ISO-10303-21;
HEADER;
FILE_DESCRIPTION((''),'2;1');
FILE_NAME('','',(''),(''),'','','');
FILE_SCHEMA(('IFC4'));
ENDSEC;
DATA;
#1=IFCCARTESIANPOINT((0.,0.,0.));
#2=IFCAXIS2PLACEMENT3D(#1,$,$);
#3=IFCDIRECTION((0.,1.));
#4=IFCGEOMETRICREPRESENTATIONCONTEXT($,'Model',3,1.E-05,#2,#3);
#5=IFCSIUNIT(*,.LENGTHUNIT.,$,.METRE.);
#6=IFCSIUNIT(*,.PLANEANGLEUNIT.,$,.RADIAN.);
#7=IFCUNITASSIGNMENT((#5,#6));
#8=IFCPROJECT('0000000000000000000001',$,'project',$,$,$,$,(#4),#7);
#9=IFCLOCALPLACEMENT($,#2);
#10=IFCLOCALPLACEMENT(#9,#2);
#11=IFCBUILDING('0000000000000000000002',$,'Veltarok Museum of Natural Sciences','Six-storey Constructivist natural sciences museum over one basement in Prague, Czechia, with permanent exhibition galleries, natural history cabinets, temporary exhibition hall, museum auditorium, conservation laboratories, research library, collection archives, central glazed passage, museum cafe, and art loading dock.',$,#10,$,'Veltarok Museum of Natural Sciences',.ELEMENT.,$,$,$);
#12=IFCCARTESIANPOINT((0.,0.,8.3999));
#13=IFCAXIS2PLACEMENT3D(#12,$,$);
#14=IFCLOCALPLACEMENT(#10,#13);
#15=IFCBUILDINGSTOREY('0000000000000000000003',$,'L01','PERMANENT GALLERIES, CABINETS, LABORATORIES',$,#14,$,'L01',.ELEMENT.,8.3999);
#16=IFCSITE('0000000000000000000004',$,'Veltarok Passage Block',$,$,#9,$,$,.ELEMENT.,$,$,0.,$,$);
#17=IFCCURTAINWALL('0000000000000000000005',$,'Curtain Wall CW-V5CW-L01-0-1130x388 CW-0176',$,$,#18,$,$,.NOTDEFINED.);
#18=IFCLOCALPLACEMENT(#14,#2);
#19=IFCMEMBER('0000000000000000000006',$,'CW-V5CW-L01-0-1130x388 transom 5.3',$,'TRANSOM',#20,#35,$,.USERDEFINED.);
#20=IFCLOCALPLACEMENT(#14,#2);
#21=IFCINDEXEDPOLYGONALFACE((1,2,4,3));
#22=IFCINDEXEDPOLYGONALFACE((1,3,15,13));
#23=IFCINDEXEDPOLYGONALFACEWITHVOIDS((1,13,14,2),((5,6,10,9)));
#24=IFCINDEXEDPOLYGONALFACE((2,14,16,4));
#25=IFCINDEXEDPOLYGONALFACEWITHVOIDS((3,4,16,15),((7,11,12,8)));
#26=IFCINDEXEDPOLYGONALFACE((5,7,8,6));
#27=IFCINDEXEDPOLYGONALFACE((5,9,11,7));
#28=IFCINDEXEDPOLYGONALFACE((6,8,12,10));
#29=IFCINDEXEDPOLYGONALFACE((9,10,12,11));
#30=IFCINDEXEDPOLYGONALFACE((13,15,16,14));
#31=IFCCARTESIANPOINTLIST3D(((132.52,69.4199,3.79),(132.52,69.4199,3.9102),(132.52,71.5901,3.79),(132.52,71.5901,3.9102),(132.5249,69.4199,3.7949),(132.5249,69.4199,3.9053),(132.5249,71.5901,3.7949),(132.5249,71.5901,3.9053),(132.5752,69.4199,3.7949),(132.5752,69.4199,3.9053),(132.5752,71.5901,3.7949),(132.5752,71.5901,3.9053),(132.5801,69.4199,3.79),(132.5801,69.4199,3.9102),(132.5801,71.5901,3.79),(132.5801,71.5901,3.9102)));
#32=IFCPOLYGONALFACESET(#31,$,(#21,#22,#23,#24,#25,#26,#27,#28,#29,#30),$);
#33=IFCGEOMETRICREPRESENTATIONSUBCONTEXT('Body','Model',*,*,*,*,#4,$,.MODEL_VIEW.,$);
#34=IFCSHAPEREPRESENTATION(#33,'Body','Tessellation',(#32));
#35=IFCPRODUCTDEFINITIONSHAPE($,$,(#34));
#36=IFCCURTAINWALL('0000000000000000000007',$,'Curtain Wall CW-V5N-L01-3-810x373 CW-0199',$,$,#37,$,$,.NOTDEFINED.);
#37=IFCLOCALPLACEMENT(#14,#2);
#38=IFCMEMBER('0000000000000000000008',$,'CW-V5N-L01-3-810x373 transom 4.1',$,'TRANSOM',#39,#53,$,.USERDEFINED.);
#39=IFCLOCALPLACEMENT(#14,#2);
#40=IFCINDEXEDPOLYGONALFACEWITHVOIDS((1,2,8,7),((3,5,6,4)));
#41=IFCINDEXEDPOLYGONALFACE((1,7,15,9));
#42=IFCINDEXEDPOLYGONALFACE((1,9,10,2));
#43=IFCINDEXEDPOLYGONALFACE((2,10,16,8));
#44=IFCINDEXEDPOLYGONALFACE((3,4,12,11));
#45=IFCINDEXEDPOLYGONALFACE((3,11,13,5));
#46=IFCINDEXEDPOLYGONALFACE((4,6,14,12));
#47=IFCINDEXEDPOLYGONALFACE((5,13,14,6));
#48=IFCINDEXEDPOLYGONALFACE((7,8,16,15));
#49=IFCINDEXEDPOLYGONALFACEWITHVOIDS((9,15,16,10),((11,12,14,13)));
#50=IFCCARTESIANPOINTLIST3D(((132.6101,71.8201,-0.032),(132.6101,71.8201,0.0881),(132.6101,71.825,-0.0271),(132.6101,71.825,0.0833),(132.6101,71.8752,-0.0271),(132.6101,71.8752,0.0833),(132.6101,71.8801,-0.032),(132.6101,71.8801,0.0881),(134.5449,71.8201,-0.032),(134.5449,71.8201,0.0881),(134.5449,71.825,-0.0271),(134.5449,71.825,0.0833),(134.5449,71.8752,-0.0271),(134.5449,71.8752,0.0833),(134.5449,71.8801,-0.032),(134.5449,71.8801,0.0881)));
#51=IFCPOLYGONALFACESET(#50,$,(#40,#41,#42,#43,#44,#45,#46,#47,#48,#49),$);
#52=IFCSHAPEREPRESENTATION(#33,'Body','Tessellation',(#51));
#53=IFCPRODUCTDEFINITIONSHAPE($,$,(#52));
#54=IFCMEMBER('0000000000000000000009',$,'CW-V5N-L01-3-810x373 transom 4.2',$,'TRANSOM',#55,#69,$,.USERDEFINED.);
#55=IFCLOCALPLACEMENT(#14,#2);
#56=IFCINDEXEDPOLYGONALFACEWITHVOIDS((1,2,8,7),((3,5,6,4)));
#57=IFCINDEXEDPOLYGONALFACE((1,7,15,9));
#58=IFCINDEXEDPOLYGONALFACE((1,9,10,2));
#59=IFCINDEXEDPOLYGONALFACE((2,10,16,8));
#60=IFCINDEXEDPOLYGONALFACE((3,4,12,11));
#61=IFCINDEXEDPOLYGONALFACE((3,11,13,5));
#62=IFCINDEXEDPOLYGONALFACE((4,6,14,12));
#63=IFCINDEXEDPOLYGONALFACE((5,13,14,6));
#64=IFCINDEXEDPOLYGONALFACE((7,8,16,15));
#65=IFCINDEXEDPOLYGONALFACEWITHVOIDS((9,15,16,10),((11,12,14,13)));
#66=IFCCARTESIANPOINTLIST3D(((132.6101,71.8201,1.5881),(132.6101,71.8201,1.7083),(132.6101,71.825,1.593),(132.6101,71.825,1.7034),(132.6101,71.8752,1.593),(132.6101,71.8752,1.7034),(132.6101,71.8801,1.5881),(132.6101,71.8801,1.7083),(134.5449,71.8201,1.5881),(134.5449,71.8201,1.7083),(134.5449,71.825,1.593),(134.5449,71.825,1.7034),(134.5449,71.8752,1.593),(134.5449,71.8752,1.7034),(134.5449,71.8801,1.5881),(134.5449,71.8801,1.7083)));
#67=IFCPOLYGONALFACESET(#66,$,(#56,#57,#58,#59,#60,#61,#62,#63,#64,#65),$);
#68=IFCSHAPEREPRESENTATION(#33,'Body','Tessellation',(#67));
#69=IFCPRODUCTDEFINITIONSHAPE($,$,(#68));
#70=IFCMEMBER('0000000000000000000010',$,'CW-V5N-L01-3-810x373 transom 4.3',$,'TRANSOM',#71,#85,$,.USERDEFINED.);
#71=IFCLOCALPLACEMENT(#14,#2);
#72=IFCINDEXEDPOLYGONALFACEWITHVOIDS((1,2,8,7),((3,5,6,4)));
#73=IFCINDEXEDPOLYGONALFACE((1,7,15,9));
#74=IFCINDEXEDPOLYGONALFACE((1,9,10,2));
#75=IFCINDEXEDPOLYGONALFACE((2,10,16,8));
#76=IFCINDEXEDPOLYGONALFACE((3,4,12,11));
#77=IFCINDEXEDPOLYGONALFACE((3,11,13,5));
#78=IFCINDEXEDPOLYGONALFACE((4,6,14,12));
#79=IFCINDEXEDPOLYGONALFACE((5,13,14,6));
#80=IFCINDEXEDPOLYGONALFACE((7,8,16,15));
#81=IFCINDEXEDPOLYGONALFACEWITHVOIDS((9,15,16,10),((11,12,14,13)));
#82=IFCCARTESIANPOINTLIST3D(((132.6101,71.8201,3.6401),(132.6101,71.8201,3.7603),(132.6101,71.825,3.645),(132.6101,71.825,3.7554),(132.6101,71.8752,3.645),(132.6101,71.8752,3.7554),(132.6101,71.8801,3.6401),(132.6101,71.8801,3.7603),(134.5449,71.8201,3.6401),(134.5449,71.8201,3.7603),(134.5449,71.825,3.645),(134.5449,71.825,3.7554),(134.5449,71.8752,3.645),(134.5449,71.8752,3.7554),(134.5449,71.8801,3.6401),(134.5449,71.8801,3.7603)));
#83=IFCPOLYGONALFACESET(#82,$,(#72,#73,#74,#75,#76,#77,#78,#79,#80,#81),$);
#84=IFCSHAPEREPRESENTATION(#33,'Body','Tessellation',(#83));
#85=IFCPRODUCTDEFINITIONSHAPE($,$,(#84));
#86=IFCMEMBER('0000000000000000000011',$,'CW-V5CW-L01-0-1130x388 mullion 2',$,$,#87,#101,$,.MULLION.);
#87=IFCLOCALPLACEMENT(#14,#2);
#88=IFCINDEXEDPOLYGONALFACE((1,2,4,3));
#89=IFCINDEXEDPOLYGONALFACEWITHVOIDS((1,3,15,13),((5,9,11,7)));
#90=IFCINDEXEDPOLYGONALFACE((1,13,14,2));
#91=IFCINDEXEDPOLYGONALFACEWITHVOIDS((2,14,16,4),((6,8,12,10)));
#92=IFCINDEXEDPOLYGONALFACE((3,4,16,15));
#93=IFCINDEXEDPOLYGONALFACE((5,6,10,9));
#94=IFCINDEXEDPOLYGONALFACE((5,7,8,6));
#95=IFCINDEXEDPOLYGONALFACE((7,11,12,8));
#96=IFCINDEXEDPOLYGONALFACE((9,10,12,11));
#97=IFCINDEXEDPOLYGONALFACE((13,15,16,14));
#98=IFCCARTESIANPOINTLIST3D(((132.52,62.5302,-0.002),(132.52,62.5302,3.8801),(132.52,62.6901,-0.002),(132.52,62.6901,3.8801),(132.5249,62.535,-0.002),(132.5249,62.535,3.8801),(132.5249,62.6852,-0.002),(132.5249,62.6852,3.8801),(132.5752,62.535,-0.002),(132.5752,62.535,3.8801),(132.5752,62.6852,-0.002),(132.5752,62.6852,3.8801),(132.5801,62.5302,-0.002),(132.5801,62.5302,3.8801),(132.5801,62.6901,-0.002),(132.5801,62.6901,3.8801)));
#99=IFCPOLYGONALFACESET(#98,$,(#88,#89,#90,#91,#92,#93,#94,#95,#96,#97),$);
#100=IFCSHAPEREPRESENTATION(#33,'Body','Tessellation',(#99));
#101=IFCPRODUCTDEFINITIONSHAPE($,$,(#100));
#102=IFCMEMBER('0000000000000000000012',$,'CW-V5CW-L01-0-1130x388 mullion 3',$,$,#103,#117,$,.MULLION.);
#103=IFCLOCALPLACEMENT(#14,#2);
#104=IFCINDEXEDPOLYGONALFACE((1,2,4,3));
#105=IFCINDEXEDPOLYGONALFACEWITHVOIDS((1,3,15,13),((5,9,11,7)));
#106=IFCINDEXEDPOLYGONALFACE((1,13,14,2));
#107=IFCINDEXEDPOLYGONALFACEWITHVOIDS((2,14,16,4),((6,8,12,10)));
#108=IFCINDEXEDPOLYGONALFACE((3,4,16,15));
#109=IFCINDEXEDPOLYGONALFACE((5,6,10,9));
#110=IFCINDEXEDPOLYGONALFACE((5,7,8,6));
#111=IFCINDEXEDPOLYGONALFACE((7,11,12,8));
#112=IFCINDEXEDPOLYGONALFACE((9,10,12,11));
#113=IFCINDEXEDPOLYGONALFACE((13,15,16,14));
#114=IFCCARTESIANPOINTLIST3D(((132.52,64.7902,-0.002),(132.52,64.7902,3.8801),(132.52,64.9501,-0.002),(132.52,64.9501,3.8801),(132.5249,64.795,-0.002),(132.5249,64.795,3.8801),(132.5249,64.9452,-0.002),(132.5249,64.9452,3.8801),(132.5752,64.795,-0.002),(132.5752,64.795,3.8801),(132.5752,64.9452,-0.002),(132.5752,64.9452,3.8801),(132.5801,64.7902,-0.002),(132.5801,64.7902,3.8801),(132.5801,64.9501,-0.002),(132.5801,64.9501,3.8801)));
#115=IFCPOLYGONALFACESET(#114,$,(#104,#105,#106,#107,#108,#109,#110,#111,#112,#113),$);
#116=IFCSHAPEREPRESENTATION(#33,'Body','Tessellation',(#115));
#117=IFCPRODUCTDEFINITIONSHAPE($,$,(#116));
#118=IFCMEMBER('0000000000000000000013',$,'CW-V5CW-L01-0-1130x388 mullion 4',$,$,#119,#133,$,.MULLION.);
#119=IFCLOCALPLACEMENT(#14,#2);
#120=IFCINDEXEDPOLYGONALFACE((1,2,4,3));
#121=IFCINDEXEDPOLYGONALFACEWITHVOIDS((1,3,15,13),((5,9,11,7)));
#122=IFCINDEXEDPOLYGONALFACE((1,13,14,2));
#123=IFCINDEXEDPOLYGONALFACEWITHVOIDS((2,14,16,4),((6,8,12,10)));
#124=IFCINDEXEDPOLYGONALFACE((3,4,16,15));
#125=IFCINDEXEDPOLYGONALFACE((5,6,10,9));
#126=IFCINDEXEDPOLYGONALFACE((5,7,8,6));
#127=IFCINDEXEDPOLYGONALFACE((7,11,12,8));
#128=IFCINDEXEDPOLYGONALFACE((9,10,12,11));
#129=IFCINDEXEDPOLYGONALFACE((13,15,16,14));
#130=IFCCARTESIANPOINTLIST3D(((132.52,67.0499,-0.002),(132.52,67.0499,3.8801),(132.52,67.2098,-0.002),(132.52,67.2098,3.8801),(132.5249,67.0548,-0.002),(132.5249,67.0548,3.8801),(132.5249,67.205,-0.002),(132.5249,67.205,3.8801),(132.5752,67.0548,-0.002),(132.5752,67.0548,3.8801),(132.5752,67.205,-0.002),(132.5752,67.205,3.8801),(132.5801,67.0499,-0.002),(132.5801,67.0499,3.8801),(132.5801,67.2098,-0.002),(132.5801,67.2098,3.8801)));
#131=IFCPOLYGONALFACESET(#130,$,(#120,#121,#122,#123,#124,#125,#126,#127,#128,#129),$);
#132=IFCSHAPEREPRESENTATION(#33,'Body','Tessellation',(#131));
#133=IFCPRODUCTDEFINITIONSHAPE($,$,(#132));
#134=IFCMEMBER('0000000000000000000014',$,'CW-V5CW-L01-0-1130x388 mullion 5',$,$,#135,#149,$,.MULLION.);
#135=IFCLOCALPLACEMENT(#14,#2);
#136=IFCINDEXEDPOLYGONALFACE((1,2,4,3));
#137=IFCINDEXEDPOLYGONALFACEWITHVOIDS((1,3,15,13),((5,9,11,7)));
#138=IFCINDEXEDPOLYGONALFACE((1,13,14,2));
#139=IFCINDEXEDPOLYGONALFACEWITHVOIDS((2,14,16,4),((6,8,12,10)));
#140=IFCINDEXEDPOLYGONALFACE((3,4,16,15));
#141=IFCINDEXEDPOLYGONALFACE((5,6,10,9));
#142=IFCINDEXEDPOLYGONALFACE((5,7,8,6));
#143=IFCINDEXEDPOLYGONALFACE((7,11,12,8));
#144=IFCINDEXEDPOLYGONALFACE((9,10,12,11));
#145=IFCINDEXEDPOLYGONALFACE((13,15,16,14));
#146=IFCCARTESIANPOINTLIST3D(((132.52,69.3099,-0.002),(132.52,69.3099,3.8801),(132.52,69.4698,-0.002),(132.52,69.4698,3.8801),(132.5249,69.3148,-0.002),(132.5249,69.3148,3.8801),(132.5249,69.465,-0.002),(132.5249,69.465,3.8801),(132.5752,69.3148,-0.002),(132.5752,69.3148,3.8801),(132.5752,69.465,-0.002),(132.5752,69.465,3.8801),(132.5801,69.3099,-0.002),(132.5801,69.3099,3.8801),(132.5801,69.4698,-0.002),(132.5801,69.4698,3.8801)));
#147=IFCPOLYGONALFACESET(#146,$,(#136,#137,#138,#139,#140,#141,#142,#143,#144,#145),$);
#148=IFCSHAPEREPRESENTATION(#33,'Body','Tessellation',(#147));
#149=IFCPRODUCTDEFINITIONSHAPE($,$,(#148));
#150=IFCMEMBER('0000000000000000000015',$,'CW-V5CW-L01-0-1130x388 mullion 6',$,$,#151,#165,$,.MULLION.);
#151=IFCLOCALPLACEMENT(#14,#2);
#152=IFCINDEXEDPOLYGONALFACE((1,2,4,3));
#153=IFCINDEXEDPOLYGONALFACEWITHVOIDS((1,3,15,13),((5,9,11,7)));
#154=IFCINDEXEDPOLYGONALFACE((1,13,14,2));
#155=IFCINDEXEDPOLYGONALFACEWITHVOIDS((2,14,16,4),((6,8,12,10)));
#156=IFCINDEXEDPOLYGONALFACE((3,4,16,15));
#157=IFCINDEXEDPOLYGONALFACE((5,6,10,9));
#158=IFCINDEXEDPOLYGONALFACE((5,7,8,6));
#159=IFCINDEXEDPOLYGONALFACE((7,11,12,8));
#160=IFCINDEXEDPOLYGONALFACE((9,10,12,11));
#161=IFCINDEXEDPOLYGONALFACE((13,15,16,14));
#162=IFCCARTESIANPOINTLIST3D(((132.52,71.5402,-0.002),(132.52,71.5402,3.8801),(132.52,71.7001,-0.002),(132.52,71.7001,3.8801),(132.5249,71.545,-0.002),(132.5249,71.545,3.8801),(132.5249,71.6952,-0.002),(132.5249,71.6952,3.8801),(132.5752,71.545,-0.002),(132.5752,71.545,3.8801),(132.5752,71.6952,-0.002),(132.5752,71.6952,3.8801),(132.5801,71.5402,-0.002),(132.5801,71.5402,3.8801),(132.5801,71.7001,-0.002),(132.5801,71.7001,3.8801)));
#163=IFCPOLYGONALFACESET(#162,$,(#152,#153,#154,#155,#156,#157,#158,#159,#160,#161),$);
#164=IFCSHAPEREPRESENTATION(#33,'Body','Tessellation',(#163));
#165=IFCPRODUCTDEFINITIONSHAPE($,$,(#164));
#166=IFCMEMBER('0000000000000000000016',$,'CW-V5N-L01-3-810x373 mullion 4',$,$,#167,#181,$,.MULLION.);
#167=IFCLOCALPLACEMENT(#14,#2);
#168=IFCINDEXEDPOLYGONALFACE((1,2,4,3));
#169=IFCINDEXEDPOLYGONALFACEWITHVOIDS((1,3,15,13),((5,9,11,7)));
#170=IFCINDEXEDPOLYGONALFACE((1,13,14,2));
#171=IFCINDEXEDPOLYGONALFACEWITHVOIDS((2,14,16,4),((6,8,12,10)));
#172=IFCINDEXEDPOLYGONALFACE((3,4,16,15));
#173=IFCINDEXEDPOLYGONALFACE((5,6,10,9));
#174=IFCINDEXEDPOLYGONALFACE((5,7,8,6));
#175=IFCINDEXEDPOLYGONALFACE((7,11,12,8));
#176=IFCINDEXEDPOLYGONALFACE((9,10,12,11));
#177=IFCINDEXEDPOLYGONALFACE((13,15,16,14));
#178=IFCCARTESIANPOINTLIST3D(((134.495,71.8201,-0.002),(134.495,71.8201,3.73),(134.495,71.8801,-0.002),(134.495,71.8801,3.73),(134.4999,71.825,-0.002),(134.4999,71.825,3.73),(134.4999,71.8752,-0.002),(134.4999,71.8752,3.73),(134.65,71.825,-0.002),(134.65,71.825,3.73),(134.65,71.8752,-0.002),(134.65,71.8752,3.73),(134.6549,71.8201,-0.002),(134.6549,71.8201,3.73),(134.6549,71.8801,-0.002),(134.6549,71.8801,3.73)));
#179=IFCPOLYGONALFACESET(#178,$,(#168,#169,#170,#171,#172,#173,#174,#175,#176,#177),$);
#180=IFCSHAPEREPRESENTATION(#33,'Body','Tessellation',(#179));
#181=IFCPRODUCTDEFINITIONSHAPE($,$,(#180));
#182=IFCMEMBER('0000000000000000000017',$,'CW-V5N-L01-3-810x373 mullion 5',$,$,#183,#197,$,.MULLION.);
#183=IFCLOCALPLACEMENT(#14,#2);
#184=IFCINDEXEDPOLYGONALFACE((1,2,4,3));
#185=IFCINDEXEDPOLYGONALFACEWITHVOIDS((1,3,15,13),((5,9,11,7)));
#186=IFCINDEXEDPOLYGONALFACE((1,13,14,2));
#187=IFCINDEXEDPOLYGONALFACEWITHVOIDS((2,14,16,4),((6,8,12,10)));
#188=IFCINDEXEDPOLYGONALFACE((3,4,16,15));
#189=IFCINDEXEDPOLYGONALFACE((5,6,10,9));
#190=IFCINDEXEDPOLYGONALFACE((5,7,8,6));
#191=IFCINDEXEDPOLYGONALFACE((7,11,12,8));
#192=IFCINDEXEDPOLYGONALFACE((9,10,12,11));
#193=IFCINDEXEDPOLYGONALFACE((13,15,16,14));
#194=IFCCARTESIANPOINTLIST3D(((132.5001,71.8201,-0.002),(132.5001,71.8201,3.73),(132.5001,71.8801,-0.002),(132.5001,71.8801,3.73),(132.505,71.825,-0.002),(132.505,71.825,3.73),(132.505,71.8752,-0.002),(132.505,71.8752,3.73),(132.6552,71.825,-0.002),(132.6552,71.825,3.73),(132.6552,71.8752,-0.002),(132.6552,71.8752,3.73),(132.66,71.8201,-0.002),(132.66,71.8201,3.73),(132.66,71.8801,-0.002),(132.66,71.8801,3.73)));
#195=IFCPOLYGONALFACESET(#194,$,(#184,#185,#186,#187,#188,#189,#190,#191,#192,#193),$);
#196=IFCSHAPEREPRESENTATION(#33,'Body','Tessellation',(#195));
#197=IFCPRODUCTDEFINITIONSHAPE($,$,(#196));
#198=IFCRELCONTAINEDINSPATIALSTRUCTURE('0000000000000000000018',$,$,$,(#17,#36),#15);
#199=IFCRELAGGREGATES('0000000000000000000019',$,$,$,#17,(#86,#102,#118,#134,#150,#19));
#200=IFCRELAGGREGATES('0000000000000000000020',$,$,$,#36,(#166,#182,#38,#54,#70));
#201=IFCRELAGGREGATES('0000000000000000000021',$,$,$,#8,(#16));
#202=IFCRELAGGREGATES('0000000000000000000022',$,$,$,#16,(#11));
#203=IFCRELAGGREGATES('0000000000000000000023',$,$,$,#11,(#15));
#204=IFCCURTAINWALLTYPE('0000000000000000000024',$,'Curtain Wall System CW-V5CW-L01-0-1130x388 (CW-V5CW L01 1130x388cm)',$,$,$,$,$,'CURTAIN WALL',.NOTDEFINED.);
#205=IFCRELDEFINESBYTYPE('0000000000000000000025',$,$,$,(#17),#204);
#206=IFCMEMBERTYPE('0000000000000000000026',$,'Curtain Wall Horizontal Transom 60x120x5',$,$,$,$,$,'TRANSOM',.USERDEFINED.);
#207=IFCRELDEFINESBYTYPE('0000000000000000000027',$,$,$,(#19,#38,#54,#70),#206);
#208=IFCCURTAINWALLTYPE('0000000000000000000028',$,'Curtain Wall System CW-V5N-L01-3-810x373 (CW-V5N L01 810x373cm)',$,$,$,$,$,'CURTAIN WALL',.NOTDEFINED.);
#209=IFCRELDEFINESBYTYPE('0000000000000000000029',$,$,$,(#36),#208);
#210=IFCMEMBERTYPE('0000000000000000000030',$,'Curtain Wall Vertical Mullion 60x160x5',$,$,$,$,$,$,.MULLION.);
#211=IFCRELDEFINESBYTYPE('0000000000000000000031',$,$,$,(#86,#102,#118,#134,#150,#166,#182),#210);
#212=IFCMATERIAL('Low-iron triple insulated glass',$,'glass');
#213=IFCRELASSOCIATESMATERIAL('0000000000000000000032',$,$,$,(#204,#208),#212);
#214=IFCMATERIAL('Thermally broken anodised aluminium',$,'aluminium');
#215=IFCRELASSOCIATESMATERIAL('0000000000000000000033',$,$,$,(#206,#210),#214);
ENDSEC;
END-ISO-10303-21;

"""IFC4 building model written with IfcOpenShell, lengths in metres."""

from ifc_helpers import new_model, si_unit, direction, frame, origin, origin_2d, place, context, subcontext, project, spatial, hollow_rectangle, extrude, material, material_profile, profile_set, type_object, element, aggregate, save


model = new_model("IFC4")

# Units and contexts
model_context = context("Model", 3, precision=1e-05, world=origin(), true_north=direction((0.0, 1.0)))
body_context = subcontext(model_context, "Body", "Model", "MODEL_VIEW")
ifc_project = project(units=[si_unit("LENGTHUNIT", "METRE"), si_unit("PLANEANGLEUNIT", "RADIAN")], contexts=[model_context])

# Site, building, storey
site_placement = place(None, origin())
site = spatial("IfcSite", under=ifc_project, at=site_placement, Name="Veltarok Passage Block", CompositionType="ELEMENT", RefElevation=0.0)
building_placement = place(site_placement, origin())
building = spatial("IfcBuilding", under=site, at=building_placement, Name="Veltarok Museum of Natural Sciences", Description="Six-storey Constructivist natural sciences museum over one basement in Prague, Czechia, with permanent exhibition galleries, natural history cabinets, temporary exhibition hall, museum auditorium, conservation laboratories, research library, collection archives, central glazed passage, museum cafe, and art loading dock.", LongName="Veltarok Museum of Natural Sciences", CompositionType="ELEMENT")
storey_placement = place(building_placement, frame((0.0, 0.0, 8.3999)))
storey = spatial("IfcBuildingStorey", under=building, at=storey_placement, Name="L01", Description="PERMANENT GALLERIES, CABINETS, LABORATORIES", LongName="L01", CompositionType="ELEMENT", Elevation=8.3999)

# Curtain walls, members
ifc_material_1 = material(Name="Low-iron triple insulated glass", Category="glass")
curtain_wall_type_1 = type_object("IfcCurtainWallType", Name="Curtain Wall System CW-V5CW-L01-0-1130x388 (CW-V5CW L01 1130x388cm)", ElementType="CURTAIN WALL", PredefinedType="NOTDEFINED", material=ifc_material_1)
curtain_wall_1_placement = place(storey_placement, origin())
curtain_wall_1 = element("IfcCurtainWall", 1, at=curtain_wall_1_placement, inside=storey, type_object=curtain_wall_type_1, Name="Curtain Wall CW-V5CW-L01-0-1130x388 CW-0176", PredefinedType="NOTDEFINED")
ifc_material_2 = material(Name="Thermally broken anodised aluminium", Category="aluminium")
ifc_material_profile_1 = material_profile(ifc_material_2, hollow_rectangle(XDim=0.0601, YDim=0.1201, WallThickness=0.0049, at=origin_2d()), Name="CW TRANSOM 60x120x5")
ifc_profile_set_1 = profile_set([ifc_material_profile_1], Name="Thermally broken anodised aluminium")
member_type_1 = type_object("IfcMemberType", Name="Curtain Wall Horizontal Transom 60x120x5", ElementType="TRANSOM", PredefinedType="USERDEFINED", material=ifc_profile_set_1)
member_1_placement = place(storey_placement, frame((132.55, 69.4199, 3.8501), z_axis=(0.0, 1.0, 0.0), x_axis=(-1.0, 0.0, 0.0)))
member_1 = element("IfcMember", 2, at=member_1_placement, type_object=member_type_1, Name="CW-V5CW-L01-0-1130x388 transom 5.3", ObjectType="TRANSOM", PredefinedType="USERDEFINED", context=body_context, shape_type="SweptSolid", body=[
    extrude(hollow_rectangle(XDim=0.0601, YDim=0.1201, WallThickness=0.0049, at=origin_2d()), origin(), (0.0, 0.0, 1.0), 2.1702),
])
curtain_wall_type_2 = type_object("IfcCurtainWallType", Name="Curtain Wall System CW-V5N-L01-3-810x373 (CW-V5N L01 810x373cm)", ElementType="CURTAIN WALL", PredefinedType="NOTDEFINED", material=ifc_material_1)
curtain_wall_2_placement = place(storey_placement, origin())
curtain_wall_2 = element("IfcCurtainWall", 3, at=curtain_wall_2_placement, inside=storey, type_object=curtain_wall_type_2, Name="Curtain Wall CW-V5N-L01-3-810x373 CW-0199", PredefinedType="NOTDEFINED")
member_2_placement = place(storey_placement, frame((134.5449, 71.8501, 0.0281), z_axis=(-1.0, 0.0, 0.0), x_axis=(0.0, -1.0, 0.0)))
member_2 = element("IfcMember", 4, at=member_2_placement, type_object=member_type_1, Name="CW-V5N-L01-3-810x373 transom 4.1", ObjectType="TRANSOM", PredefinedType="USERDEFINED", context=body_context, shape_type="SweptSolid", body=[
    extrude(hollow_rectangle(XDim=0.0601, YDim=0.1201, WallThickness=0.0049, at=origin_2d()), origin(), (0.0, 0.0, 1.0), 1.9348),
])
member_3_placement = place(storey_placement, frame((134.5449, 71.8501, 1.6482), z_axis=(-1.0, 0.0, 0.0), x_axis=(0.0, -1.0, 0.0)))
member_3 = element("IfcMember", 5, at=member_3_placement, type_object=member_type_1, Name="CW-V5N-L01-3-810x373 transom 4.2", ObjectType="TRANSOM", PredefinedType="USERDEFINED", context=body_context, shape_type="SweptSolid", body=[
    extrude(hollow_rectangle(XDim=0.0601, YDim=0.1201, WallThickness=0.0049, at=origin_2d()), origin(), (0.0, 0.0, 1.0), 1.9348),
])
member_4_placement = place(storey_placement, frame((134.5449, 71.8501, 3.7002), z_axis=(-1.0, 0.0, 0.0), x_axis=(0.0, -1.0, 0.0)))
member_4 = element("IfcMember", 6, at=member_4_placement, type_object=member_type_1, Name="CW-V5N-L01-3-810x373 transom 4.3", ObjectType="TRANSOM", PredefinedType="USERDEFINED", context=body_context, shape_type="SweptSolid", body=[
    extrude(hollow_rectangle(XDim=0.0601, YDim=0.1201, WallThickness=0.0049, at=origin_2d()), origin(), (0.0, 0.0, 1.0), 1.9348),
])

# Members
ifc_material_profile_2 = material_profile(ifc_material_2, hollow_rectangle(XDim=0.0601, YDim=0.1599, WallThickness=0.0049, at=origin_2d()), Name="CW MULLION 60x160x5")
ifc_profile_set_2 = profile_set([ifc_material_profile_2], Name="Thermally broken anodised aluminium")
member_type_2 = type_object("IfcMemberType", Name="Curtain Wall Vertical Mullion 60x160x5", PredefinedType="MULLION", material=ifc_profile_set_2)
member_5_placement = place(storey_placement, frame((132.55, 62.6101, -0.002), z_axis=(0.0, 0.0, 1.0), x_axis=(-1.0, 0.0, 0.0)))
member_5 = element("IfcMember", 7, at=member_5_placement, type_object=member_type_2, Name="CW-V5CW-L01-0-1130x388 mullion 2", PredefinedType="MULLION", context=body_context, shape_type="SweptSolid", body=[
    extrude(hollow_rectangle(XDim=0.0601, YDim=0.1599, WallThickness=0.0049, at=origin_2d()), origin(), (0.0, 0.0, 1.0), 3.8821),
])
member_6_placement = place(storey_placement, frame((132.55, 64.8701, -0.002), z_axis=(0.0, 0.0, 1.0), x_axis=(-1.0, 0.0, 0.0)))
member_6 = element("IfcMember", 8, at=member_6_placement, type_object=member_type_2, Name="CW-V5CW-L01-0-1130x388 mullion 3", PredefinedType="MULLION", context=body_context, shape_type="SweptSolid", body=[
    extrude(hollow_rectangle(XDim=0.0601, YDim=0.1599, WallThickness=0.0049, at=origin_2d()), origin(), (0.0, 0.0, 1.0), 3.8821),
])
member_7_placement = place(storey_placement, frame((132.55, 67.1299, -0.002), z_axis=(0.0, 0.0, 1.0), x_axis=(-1.0, 0.0, 0.0)))
member_7 = element("IfcMember", 9, at=member_7_placement, type_object=member_type_2, Name="CW-V5CW-L01-0-1130x388 mullion 4", PredefinedType="MULLION", context=body_context, shape_type="SweptSolid", body=[
    extrude(hollow_rectangle(XDim=0.0601, YDim=0.1599, WallThickness=0.0049, at=origin_2d()), origin(), (0.0, 0.0, 1.0), 3.8821),
])
member_8_placement = place(storey_placement, frame((132.55, 69.3899, -0.002), z_axis=(0.0, 0.0, 1.0), x_axis=(-1.0, 0.0, 0.0)))
member_8 = element("IfcMember", 10, at=member_8_placement, type_object=member_type_2, Name="CW-V5CW-L01-0-1130x388 mullion 5", PredefinedType="MULLION", context=body_context, shape_type="SweptSolid", body=[
    extrude(hollow_rectangle(XDim=0.0601, YDim=0.1599, WallThickness=0.0049, at=origin_2d()), origin(), (0.0, 0.0, 1.0), 3.8821),
])
member_9_placement = place(storey_placement, frame((132.55, 71.6201, -0.002), z_axis=(0.0, 0.0, 1.0), x_axis=(-1.0, 0.0, 0.0)))
member_9 = element("IfcMember", 11, at=member_9_placement, type_object=member_type_2, Name="CW-V5CW-L01-0-1130x388 mullion 6", PredefinedType="MULLION", context=body_context, shape_type="SweptSolid", body=[
    extrude(hollow_rectangle(XDim=0.0601, YDim=0.1599, WallThickness=0.0049, at=origin_2d()), origin(), (0.0, 0.0, 1.0), 3.8821),
])
member_10_placement = place(storey_placement, frame((134.575, 71.8501, -0.002), z_axis=(0.0, 0.0, 1.0), x_axis=(0.0, -1.0, 0.0)))
member_10 = element("IfcMember", 12, at=member_10_placement, type_object=member_type_2, Name="CW-V5N-L01-3-810x373 mullion 4", PredefinedType="MULLION", context=body_context, shape_type="SweptSolid", body=[
    extrude(hollow_rectangle(XDim=0.0601, YDim=0.1599, WallThickness=0.0049, at=origin_2d()), origin(), (0.0, 0.0, 1.0), 3.7319),
])
member_11_placement = place(storey_placement, frame((132.5801, 71.8501, -0.002), z_axis=(0.0, 0.0, 1.0), x_axis=(0.0, -1.0, 0.0)))
member_11 = element("IfcMember", 13, at=member_11_placement, type_object=member_type_2, Name="CW-V5N-L01-3-810x373 mullion 5", PredefinedType="MULLION", context=body_context, shape_type="SweptSolid", body=[
    extrude(hollow_rectangle(XDim=0.0601, YDim=0.1599, WallThickness=0.0049, at=origin_2d()), origin(), (0.0, 0.0, 1.0), 3.7319),
])

aggregate(curtain_wall_1, [member_5, member_6, member_7, member_8, member_9, member_1])
aggregate(curtain_wall_2, [member_10, member_11, member_2, member_3, member_4])

save(model, "model.ifc")
